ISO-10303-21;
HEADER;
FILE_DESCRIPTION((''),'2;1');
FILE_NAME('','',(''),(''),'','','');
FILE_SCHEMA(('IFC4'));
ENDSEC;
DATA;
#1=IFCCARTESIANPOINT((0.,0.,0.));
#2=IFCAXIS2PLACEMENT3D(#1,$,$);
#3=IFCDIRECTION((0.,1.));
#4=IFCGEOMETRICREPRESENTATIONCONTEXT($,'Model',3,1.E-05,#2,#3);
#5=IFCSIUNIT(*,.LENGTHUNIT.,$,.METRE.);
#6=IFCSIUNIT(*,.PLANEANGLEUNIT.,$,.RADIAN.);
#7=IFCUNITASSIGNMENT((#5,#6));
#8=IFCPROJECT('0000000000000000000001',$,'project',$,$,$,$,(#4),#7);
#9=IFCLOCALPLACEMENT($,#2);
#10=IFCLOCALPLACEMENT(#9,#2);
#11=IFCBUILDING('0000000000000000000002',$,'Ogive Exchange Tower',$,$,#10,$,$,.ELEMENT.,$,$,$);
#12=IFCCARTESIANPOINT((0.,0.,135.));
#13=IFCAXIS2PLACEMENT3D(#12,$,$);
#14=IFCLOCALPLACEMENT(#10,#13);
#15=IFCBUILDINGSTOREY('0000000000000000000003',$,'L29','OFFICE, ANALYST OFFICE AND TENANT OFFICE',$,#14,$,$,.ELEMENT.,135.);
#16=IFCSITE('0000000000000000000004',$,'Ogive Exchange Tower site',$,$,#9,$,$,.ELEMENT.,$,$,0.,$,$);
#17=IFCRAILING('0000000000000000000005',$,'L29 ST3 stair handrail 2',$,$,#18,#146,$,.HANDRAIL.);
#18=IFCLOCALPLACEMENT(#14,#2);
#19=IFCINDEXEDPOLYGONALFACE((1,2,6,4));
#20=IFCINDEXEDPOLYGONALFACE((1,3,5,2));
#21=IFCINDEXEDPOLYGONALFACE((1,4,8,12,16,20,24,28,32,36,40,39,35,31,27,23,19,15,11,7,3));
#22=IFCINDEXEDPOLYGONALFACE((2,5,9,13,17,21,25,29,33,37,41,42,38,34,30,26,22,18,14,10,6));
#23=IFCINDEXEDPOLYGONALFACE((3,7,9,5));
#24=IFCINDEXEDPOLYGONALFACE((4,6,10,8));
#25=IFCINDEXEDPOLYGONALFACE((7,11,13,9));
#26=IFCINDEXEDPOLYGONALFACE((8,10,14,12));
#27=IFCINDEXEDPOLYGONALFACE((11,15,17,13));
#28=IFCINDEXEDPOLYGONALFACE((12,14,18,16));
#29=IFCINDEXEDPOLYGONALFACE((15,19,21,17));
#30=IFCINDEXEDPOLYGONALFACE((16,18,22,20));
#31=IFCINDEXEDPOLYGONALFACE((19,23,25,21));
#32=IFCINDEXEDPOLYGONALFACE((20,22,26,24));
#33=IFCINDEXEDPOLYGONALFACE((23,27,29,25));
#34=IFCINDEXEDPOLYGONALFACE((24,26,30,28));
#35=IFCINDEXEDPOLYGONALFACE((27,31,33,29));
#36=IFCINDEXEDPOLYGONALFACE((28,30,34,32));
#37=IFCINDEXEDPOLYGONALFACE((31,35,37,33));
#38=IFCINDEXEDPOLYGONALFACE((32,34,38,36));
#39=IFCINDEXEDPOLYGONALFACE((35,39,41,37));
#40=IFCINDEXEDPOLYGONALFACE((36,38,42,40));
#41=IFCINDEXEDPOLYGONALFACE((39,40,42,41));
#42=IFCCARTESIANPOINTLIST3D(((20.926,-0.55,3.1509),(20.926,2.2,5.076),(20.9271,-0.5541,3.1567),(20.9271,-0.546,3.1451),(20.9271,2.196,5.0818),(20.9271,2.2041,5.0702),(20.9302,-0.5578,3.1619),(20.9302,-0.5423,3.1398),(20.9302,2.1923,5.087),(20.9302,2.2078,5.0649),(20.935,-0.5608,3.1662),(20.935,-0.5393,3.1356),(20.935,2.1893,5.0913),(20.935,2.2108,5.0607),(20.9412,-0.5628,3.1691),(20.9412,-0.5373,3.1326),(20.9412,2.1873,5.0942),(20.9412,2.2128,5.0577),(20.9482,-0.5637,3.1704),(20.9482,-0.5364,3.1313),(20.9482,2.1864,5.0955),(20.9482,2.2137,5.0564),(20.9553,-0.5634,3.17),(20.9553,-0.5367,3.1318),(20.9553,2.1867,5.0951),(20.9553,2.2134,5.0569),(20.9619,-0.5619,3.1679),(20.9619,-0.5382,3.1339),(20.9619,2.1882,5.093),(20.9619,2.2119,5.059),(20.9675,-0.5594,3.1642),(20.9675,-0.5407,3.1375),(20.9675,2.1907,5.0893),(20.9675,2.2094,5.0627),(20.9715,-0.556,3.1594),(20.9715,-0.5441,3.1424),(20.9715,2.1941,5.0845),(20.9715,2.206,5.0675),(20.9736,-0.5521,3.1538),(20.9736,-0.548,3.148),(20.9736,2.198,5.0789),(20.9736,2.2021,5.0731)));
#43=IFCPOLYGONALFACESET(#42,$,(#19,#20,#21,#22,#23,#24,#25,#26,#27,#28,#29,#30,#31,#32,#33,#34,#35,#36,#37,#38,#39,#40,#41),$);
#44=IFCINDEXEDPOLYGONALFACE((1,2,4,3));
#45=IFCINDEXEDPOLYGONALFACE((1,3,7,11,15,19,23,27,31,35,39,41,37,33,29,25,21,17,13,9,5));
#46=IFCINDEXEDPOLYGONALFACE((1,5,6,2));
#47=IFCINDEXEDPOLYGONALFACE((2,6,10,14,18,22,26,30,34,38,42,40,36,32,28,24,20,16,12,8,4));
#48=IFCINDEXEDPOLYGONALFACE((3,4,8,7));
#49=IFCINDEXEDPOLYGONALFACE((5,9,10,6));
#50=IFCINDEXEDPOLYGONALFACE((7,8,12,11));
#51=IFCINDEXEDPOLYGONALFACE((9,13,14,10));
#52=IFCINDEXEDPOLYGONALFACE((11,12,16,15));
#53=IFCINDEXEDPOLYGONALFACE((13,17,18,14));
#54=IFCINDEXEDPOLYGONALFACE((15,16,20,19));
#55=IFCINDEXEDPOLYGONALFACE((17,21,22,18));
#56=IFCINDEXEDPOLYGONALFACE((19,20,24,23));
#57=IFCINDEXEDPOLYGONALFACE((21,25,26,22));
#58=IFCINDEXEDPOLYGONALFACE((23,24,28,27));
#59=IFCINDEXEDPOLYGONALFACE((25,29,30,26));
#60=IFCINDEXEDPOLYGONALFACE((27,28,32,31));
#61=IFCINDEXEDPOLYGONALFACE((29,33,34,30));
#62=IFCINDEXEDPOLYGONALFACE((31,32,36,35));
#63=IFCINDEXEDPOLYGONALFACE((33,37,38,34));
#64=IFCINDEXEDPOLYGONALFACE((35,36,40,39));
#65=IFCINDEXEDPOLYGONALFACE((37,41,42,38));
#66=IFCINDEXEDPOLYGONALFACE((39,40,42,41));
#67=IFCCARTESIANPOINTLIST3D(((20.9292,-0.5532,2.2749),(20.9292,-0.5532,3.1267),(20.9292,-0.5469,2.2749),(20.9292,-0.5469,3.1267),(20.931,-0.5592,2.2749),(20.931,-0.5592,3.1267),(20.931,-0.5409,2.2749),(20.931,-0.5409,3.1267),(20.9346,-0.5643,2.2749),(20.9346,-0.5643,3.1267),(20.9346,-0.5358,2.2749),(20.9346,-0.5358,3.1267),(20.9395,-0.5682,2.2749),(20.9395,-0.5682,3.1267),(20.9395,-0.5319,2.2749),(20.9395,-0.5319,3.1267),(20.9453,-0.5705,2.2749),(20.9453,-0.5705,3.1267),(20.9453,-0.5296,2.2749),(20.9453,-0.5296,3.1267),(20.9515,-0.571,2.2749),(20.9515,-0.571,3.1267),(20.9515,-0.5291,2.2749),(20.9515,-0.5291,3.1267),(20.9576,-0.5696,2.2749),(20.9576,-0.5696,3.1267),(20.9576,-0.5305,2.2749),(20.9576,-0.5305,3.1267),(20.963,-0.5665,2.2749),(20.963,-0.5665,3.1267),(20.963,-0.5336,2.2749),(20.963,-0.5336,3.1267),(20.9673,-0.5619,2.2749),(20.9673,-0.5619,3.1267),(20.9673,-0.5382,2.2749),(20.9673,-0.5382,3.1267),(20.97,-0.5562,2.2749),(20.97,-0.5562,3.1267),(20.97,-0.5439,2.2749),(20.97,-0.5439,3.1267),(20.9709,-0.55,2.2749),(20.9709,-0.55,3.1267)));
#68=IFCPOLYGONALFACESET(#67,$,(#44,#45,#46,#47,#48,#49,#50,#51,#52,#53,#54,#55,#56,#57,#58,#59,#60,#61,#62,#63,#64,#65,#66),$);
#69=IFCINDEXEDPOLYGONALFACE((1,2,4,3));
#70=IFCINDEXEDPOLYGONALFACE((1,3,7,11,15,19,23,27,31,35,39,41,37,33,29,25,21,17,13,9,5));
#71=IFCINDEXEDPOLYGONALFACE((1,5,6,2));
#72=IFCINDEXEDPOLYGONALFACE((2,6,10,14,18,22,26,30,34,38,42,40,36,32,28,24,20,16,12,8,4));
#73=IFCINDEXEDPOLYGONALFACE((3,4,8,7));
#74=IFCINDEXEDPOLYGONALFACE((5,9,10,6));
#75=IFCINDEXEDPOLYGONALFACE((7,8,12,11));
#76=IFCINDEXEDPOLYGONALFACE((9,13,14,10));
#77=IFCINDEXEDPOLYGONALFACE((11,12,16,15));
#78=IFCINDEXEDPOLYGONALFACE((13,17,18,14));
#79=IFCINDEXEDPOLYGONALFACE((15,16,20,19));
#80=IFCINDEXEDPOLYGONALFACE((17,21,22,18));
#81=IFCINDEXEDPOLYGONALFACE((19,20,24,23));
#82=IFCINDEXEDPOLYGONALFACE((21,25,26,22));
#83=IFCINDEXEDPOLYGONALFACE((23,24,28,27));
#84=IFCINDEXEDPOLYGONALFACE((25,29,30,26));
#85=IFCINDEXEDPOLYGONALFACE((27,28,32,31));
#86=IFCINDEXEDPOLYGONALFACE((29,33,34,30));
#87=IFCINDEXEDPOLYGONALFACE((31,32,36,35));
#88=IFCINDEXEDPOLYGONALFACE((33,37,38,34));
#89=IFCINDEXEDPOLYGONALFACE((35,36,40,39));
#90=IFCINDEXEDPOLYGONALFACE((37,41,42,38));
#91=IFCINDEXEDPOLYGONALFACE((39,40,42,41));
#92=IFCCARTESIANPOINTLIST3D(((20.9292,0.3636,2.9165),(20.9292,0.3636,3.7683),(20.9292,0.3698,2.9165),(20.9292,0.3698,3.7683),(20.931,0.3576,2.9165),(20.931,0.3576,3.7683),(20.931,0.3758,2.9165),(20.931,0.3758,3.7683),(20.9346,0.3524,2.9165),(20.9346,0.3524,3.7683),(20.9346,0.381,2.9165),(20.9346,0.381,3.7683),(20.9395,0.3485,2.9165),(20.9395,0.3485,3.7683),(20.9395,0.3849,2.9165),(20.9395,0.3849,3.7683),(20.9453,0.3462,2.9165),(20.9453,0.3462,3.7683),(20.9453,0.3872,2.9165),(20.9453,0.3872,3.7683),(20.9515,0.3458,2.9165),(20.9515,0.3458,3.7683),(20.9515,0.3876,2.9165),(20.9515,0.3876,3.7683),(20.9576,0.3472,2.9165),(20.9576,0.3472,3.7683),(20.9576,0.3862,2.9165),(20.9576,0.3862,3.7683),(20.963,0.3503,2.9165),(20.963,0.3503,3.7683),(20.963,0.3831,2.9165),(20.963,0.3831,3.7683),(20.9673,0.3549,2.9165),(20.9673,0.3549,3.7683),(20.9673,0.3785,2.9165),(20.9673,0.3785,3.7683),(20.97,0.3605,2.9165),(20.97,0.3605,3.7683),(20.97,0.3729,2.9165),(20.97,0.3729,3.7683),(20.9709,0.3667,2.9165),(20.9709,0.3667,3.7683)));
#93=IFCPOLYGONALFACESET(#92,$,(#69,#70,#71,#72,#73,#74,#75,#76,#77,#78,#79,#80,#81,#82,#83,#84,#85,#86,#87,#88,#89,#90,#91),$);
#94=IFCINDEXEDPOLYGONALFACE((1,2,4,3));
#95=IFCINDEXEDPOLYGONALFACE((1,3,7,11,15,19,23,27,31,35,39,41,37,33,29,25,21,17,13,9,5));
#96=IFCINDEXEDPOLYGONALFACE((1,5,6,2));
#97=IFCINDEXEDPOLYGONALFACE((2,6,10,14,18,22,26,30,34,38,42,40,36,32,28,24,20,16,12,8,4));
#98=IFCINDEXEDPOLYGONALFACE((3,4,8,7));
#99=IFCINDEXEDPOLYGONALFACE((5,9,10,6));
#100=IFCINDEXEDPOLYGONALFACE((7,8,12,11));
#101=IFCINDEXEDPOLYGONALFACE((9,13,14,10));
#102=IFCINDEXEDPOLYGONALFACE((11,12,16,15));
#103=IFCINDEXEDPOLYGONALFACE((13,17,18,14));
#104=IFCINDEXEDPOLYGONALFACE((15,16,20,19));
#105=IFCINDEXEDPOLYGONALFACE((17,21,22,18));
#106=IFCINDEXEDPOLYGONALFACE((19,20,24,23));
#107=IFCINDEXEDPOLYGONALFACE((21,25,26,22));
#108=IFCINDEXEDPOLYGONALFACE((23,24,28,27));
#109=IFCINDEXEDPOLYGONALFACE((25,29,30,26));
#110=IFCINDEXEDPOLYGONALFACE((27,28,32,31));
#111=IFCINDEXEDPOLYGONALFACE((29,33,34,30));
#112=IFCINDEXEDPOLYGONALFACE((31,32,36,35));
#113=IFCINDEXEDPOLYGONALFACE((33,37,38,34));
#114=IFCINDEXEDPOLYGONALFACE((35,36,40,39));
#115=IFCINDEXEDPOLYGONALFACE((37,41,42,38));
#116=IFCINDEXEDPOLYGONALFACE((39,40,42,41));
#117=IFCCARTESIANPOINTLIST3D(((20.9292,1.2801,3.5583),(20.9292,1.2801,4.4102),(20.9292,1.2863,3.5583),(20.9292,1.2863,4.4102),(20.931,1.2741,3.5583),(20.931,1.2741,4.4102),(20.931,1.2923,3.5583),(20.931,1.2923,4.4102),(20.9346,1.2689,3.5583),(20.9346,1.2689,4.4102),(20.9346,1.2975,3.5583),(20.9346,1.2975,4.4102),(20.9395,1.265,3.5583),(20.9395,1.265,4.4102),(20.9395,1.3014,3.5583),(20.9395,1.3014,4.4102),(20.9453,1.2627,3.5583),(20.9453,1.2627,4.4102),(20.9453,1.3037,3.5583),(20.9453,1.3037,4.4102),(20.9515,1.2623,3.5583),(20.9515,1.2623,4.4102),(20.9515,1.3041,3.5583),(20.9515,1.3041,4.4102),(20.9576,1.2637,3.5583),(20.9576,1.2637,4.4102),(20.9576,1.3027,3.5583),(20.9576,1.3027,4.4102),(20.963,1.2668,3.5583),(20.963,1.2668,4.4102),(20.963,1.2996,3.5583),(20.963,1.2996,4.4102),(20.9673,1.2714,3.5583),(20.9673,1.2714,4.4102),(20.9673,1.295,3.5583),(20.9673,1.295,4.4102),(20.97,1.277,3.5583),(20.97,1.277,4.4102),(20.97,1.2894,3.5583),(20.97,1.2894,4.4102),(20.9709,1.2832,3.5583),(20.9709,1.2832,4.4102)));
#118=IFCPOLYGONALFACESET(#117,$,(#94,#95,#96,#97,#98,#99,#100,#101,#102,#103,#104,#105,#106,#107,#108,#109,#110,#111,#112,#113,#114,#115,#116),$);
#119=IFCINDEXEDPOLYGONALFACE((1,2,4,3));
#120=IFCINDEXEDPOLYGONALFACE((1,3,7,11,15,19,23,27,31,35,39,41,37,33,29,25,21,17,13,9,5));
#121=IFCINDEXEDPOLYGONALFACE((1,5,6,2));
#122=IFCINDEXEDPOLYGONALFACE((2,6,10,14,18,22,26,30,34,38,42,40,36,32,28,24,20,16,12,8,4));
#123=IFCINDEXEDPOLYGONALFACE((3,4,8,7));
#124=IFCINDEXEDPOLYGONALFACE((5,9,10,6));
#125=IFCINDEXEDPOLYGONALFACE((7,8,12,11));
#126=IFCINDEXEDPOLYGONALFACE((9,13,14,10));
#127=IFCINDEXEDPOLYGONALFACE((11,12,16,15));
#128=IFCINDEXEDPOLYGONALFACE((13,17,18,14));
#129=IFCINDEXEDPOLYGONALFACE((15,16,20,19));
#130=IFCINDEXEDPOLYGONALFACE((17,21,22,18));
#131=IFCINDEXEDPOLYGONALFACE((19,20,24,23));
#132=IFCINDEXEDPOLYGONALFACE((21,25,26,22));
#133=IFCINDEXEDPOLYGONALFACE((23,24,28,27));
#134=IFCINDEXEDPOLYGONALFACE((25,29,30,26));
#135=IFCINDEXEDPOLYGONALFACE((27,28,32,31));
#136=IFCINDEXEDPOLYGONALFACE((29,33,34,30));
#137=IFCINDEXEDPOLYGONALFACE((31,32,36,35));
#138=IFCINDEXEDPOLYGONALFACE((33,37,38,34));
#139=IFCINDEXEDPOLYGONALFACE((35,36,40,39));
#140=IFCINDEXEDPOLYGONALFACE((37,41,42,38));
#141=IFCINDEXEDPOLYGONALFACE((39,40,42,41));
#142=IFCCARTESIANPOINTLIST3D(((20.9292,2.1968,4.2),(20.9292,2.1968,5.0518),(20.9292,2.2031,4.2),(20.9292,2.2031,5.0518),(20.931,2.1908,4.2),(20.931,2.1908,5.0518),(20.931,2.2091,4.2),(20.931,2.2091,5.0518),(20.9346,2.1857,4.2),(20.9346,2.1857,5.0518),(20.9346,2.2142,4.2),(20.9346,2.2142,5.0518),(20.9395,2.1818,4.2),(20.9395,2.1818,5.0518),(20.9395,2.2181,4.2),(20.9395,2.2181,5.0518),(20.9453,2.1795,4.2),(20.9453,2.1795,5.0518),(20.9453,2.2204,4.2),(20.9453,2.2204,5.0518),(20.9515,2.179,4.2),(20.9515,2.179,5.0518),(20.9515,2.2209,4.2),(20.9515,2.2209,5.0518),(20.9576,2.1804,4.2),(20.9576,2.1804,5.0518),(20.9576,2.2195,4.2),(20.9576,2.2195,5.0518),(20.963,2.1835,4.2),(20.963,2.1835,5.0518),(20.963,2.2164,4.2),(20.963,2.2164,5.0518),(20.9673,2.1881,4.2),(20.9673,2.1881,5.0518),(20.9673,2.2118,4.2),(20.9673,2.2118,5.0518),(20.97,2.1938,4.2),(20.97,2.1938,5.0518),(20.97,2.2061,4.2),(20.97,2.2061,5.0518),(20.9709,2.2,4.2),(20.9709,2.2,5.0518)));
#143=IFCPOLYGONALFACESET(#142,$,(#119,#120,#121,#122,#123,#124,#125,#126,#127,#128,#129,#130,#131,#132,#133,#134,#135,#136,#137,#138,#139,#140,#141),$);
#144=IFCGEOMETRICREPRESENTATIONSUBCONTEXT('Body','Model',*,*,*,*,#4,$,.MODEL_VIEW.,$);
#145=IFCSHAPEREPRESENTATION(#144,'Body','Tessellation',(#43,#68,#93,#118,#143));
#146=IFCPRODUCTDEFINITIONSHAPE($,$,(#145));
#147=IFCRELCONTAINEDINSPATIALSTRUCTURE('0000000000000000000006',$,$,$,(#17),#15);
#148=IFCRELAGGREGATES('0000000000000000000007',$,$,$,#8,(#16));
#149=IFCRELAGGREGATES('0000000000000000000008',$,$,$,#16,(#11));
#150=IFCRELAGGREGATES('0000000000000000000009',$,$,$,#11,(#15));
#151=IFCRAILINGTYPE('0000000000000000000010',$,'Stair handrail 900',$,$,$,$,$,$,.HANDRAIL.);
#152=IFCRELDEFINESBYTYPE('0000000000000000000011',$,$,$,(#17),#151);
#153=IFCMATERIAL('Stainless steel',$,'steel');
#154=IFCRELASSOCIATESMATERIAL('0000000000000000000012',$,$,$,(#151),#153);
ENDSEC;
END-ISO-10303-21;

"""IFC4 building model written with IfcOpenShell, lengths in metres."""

from ifc_helpers import new_model, si_unit, direction, frame, origin, origin_2d, place, context, subcontext, project, spatial, circle, extrude, material, type_object, element, save


model = new_model("IFC4")

# Units and contexts
model_context = context("Model", 3, precision=1e-05, world=origin(), true_north=direction((0.0, 1.0)))
body_context = subcontext(model_context, "Body", "Model", "MODEL_VIEW")
ifc_project = project(units=[si_unit("LENGTHUNIT", "METRE"), si_unit("PLANEANGLEUNIT", "RADIAN")], contexts=[model_context])

# Site, building, storey
site_placement = place(None, origin())
site = spatial("IfcSite", under=ifc_project, at=site_placement, Name="Ogive Exchange Tower site", CompositionType="ELEMENT", RefElevation=0.0)
building_placement = place(site_placement, origin())
building = spatial("IfcBuilding", under=site, at=building_placement, Name="Ogive Exchange Tower", CompositionType="ELEMENT")
storey_placement = place(building_placement, frame((0.0, 0.0, 135.0)))
storey = spatial("IfcBuildingStorey", under=building, at=storey_placement, Name="L29", Description="OFFICE, ANALYST OFFICE AND TENANT OFFICE", CompositionType="ELEMENT", Elevation=135.0)

# Railing
ifc_material_1 = material(Name="Stainless steel", Category="steel")
railing_type = type_object("IfcRailingType", Name="Stair handrail 900", PredefinedType="HANDRAIL", material=ifc_material_1)
railing_1_placement = place(storey_placement, frame((20.95, -0.55, 2.2749)))
element("IfcRailing", 1, at=railing_1_placement, inside=storey, type_object=railing_type, Name="L29 ST3 stair handrail 2", PredefinedType="HANDRAIL", context=body_context, shape_type="SweptSolid", body=[
    extrude(circle(Radius=0.0239, at=origin_2d()), frame((0.0, 0.0, 0.876), z_axis=(0.0, 0.819225, 0.573472), x_axis=(-1.0, 0.0, 0.0)), (0.0, 0.0, 1.0), 3.3569),
    extrude(circle(Radius=0.021, at=origin_2d()), origin(), (0.0, 0.0, 1.0), 0.8518),
    extrude(circle(Radius=0.021, at=origin_2d()), frame((0.0, 0.9167, 0.6416)), (0.0, 0.0, 1.0), 0.8518),
    extrude(circle(Radius=0.021, at=origin_2d()), frame((0.0, 1.8333, 1.2834)), (0.0, 0.0, 1.0), 0.8518),
    extrude(circle(Radius=0.021, at=origin_2d()), frame((0.0, 2.75, 1.925)), (0.0, 0.0, 1.0), 0.8518),
])

save(model, "model.ifc")
